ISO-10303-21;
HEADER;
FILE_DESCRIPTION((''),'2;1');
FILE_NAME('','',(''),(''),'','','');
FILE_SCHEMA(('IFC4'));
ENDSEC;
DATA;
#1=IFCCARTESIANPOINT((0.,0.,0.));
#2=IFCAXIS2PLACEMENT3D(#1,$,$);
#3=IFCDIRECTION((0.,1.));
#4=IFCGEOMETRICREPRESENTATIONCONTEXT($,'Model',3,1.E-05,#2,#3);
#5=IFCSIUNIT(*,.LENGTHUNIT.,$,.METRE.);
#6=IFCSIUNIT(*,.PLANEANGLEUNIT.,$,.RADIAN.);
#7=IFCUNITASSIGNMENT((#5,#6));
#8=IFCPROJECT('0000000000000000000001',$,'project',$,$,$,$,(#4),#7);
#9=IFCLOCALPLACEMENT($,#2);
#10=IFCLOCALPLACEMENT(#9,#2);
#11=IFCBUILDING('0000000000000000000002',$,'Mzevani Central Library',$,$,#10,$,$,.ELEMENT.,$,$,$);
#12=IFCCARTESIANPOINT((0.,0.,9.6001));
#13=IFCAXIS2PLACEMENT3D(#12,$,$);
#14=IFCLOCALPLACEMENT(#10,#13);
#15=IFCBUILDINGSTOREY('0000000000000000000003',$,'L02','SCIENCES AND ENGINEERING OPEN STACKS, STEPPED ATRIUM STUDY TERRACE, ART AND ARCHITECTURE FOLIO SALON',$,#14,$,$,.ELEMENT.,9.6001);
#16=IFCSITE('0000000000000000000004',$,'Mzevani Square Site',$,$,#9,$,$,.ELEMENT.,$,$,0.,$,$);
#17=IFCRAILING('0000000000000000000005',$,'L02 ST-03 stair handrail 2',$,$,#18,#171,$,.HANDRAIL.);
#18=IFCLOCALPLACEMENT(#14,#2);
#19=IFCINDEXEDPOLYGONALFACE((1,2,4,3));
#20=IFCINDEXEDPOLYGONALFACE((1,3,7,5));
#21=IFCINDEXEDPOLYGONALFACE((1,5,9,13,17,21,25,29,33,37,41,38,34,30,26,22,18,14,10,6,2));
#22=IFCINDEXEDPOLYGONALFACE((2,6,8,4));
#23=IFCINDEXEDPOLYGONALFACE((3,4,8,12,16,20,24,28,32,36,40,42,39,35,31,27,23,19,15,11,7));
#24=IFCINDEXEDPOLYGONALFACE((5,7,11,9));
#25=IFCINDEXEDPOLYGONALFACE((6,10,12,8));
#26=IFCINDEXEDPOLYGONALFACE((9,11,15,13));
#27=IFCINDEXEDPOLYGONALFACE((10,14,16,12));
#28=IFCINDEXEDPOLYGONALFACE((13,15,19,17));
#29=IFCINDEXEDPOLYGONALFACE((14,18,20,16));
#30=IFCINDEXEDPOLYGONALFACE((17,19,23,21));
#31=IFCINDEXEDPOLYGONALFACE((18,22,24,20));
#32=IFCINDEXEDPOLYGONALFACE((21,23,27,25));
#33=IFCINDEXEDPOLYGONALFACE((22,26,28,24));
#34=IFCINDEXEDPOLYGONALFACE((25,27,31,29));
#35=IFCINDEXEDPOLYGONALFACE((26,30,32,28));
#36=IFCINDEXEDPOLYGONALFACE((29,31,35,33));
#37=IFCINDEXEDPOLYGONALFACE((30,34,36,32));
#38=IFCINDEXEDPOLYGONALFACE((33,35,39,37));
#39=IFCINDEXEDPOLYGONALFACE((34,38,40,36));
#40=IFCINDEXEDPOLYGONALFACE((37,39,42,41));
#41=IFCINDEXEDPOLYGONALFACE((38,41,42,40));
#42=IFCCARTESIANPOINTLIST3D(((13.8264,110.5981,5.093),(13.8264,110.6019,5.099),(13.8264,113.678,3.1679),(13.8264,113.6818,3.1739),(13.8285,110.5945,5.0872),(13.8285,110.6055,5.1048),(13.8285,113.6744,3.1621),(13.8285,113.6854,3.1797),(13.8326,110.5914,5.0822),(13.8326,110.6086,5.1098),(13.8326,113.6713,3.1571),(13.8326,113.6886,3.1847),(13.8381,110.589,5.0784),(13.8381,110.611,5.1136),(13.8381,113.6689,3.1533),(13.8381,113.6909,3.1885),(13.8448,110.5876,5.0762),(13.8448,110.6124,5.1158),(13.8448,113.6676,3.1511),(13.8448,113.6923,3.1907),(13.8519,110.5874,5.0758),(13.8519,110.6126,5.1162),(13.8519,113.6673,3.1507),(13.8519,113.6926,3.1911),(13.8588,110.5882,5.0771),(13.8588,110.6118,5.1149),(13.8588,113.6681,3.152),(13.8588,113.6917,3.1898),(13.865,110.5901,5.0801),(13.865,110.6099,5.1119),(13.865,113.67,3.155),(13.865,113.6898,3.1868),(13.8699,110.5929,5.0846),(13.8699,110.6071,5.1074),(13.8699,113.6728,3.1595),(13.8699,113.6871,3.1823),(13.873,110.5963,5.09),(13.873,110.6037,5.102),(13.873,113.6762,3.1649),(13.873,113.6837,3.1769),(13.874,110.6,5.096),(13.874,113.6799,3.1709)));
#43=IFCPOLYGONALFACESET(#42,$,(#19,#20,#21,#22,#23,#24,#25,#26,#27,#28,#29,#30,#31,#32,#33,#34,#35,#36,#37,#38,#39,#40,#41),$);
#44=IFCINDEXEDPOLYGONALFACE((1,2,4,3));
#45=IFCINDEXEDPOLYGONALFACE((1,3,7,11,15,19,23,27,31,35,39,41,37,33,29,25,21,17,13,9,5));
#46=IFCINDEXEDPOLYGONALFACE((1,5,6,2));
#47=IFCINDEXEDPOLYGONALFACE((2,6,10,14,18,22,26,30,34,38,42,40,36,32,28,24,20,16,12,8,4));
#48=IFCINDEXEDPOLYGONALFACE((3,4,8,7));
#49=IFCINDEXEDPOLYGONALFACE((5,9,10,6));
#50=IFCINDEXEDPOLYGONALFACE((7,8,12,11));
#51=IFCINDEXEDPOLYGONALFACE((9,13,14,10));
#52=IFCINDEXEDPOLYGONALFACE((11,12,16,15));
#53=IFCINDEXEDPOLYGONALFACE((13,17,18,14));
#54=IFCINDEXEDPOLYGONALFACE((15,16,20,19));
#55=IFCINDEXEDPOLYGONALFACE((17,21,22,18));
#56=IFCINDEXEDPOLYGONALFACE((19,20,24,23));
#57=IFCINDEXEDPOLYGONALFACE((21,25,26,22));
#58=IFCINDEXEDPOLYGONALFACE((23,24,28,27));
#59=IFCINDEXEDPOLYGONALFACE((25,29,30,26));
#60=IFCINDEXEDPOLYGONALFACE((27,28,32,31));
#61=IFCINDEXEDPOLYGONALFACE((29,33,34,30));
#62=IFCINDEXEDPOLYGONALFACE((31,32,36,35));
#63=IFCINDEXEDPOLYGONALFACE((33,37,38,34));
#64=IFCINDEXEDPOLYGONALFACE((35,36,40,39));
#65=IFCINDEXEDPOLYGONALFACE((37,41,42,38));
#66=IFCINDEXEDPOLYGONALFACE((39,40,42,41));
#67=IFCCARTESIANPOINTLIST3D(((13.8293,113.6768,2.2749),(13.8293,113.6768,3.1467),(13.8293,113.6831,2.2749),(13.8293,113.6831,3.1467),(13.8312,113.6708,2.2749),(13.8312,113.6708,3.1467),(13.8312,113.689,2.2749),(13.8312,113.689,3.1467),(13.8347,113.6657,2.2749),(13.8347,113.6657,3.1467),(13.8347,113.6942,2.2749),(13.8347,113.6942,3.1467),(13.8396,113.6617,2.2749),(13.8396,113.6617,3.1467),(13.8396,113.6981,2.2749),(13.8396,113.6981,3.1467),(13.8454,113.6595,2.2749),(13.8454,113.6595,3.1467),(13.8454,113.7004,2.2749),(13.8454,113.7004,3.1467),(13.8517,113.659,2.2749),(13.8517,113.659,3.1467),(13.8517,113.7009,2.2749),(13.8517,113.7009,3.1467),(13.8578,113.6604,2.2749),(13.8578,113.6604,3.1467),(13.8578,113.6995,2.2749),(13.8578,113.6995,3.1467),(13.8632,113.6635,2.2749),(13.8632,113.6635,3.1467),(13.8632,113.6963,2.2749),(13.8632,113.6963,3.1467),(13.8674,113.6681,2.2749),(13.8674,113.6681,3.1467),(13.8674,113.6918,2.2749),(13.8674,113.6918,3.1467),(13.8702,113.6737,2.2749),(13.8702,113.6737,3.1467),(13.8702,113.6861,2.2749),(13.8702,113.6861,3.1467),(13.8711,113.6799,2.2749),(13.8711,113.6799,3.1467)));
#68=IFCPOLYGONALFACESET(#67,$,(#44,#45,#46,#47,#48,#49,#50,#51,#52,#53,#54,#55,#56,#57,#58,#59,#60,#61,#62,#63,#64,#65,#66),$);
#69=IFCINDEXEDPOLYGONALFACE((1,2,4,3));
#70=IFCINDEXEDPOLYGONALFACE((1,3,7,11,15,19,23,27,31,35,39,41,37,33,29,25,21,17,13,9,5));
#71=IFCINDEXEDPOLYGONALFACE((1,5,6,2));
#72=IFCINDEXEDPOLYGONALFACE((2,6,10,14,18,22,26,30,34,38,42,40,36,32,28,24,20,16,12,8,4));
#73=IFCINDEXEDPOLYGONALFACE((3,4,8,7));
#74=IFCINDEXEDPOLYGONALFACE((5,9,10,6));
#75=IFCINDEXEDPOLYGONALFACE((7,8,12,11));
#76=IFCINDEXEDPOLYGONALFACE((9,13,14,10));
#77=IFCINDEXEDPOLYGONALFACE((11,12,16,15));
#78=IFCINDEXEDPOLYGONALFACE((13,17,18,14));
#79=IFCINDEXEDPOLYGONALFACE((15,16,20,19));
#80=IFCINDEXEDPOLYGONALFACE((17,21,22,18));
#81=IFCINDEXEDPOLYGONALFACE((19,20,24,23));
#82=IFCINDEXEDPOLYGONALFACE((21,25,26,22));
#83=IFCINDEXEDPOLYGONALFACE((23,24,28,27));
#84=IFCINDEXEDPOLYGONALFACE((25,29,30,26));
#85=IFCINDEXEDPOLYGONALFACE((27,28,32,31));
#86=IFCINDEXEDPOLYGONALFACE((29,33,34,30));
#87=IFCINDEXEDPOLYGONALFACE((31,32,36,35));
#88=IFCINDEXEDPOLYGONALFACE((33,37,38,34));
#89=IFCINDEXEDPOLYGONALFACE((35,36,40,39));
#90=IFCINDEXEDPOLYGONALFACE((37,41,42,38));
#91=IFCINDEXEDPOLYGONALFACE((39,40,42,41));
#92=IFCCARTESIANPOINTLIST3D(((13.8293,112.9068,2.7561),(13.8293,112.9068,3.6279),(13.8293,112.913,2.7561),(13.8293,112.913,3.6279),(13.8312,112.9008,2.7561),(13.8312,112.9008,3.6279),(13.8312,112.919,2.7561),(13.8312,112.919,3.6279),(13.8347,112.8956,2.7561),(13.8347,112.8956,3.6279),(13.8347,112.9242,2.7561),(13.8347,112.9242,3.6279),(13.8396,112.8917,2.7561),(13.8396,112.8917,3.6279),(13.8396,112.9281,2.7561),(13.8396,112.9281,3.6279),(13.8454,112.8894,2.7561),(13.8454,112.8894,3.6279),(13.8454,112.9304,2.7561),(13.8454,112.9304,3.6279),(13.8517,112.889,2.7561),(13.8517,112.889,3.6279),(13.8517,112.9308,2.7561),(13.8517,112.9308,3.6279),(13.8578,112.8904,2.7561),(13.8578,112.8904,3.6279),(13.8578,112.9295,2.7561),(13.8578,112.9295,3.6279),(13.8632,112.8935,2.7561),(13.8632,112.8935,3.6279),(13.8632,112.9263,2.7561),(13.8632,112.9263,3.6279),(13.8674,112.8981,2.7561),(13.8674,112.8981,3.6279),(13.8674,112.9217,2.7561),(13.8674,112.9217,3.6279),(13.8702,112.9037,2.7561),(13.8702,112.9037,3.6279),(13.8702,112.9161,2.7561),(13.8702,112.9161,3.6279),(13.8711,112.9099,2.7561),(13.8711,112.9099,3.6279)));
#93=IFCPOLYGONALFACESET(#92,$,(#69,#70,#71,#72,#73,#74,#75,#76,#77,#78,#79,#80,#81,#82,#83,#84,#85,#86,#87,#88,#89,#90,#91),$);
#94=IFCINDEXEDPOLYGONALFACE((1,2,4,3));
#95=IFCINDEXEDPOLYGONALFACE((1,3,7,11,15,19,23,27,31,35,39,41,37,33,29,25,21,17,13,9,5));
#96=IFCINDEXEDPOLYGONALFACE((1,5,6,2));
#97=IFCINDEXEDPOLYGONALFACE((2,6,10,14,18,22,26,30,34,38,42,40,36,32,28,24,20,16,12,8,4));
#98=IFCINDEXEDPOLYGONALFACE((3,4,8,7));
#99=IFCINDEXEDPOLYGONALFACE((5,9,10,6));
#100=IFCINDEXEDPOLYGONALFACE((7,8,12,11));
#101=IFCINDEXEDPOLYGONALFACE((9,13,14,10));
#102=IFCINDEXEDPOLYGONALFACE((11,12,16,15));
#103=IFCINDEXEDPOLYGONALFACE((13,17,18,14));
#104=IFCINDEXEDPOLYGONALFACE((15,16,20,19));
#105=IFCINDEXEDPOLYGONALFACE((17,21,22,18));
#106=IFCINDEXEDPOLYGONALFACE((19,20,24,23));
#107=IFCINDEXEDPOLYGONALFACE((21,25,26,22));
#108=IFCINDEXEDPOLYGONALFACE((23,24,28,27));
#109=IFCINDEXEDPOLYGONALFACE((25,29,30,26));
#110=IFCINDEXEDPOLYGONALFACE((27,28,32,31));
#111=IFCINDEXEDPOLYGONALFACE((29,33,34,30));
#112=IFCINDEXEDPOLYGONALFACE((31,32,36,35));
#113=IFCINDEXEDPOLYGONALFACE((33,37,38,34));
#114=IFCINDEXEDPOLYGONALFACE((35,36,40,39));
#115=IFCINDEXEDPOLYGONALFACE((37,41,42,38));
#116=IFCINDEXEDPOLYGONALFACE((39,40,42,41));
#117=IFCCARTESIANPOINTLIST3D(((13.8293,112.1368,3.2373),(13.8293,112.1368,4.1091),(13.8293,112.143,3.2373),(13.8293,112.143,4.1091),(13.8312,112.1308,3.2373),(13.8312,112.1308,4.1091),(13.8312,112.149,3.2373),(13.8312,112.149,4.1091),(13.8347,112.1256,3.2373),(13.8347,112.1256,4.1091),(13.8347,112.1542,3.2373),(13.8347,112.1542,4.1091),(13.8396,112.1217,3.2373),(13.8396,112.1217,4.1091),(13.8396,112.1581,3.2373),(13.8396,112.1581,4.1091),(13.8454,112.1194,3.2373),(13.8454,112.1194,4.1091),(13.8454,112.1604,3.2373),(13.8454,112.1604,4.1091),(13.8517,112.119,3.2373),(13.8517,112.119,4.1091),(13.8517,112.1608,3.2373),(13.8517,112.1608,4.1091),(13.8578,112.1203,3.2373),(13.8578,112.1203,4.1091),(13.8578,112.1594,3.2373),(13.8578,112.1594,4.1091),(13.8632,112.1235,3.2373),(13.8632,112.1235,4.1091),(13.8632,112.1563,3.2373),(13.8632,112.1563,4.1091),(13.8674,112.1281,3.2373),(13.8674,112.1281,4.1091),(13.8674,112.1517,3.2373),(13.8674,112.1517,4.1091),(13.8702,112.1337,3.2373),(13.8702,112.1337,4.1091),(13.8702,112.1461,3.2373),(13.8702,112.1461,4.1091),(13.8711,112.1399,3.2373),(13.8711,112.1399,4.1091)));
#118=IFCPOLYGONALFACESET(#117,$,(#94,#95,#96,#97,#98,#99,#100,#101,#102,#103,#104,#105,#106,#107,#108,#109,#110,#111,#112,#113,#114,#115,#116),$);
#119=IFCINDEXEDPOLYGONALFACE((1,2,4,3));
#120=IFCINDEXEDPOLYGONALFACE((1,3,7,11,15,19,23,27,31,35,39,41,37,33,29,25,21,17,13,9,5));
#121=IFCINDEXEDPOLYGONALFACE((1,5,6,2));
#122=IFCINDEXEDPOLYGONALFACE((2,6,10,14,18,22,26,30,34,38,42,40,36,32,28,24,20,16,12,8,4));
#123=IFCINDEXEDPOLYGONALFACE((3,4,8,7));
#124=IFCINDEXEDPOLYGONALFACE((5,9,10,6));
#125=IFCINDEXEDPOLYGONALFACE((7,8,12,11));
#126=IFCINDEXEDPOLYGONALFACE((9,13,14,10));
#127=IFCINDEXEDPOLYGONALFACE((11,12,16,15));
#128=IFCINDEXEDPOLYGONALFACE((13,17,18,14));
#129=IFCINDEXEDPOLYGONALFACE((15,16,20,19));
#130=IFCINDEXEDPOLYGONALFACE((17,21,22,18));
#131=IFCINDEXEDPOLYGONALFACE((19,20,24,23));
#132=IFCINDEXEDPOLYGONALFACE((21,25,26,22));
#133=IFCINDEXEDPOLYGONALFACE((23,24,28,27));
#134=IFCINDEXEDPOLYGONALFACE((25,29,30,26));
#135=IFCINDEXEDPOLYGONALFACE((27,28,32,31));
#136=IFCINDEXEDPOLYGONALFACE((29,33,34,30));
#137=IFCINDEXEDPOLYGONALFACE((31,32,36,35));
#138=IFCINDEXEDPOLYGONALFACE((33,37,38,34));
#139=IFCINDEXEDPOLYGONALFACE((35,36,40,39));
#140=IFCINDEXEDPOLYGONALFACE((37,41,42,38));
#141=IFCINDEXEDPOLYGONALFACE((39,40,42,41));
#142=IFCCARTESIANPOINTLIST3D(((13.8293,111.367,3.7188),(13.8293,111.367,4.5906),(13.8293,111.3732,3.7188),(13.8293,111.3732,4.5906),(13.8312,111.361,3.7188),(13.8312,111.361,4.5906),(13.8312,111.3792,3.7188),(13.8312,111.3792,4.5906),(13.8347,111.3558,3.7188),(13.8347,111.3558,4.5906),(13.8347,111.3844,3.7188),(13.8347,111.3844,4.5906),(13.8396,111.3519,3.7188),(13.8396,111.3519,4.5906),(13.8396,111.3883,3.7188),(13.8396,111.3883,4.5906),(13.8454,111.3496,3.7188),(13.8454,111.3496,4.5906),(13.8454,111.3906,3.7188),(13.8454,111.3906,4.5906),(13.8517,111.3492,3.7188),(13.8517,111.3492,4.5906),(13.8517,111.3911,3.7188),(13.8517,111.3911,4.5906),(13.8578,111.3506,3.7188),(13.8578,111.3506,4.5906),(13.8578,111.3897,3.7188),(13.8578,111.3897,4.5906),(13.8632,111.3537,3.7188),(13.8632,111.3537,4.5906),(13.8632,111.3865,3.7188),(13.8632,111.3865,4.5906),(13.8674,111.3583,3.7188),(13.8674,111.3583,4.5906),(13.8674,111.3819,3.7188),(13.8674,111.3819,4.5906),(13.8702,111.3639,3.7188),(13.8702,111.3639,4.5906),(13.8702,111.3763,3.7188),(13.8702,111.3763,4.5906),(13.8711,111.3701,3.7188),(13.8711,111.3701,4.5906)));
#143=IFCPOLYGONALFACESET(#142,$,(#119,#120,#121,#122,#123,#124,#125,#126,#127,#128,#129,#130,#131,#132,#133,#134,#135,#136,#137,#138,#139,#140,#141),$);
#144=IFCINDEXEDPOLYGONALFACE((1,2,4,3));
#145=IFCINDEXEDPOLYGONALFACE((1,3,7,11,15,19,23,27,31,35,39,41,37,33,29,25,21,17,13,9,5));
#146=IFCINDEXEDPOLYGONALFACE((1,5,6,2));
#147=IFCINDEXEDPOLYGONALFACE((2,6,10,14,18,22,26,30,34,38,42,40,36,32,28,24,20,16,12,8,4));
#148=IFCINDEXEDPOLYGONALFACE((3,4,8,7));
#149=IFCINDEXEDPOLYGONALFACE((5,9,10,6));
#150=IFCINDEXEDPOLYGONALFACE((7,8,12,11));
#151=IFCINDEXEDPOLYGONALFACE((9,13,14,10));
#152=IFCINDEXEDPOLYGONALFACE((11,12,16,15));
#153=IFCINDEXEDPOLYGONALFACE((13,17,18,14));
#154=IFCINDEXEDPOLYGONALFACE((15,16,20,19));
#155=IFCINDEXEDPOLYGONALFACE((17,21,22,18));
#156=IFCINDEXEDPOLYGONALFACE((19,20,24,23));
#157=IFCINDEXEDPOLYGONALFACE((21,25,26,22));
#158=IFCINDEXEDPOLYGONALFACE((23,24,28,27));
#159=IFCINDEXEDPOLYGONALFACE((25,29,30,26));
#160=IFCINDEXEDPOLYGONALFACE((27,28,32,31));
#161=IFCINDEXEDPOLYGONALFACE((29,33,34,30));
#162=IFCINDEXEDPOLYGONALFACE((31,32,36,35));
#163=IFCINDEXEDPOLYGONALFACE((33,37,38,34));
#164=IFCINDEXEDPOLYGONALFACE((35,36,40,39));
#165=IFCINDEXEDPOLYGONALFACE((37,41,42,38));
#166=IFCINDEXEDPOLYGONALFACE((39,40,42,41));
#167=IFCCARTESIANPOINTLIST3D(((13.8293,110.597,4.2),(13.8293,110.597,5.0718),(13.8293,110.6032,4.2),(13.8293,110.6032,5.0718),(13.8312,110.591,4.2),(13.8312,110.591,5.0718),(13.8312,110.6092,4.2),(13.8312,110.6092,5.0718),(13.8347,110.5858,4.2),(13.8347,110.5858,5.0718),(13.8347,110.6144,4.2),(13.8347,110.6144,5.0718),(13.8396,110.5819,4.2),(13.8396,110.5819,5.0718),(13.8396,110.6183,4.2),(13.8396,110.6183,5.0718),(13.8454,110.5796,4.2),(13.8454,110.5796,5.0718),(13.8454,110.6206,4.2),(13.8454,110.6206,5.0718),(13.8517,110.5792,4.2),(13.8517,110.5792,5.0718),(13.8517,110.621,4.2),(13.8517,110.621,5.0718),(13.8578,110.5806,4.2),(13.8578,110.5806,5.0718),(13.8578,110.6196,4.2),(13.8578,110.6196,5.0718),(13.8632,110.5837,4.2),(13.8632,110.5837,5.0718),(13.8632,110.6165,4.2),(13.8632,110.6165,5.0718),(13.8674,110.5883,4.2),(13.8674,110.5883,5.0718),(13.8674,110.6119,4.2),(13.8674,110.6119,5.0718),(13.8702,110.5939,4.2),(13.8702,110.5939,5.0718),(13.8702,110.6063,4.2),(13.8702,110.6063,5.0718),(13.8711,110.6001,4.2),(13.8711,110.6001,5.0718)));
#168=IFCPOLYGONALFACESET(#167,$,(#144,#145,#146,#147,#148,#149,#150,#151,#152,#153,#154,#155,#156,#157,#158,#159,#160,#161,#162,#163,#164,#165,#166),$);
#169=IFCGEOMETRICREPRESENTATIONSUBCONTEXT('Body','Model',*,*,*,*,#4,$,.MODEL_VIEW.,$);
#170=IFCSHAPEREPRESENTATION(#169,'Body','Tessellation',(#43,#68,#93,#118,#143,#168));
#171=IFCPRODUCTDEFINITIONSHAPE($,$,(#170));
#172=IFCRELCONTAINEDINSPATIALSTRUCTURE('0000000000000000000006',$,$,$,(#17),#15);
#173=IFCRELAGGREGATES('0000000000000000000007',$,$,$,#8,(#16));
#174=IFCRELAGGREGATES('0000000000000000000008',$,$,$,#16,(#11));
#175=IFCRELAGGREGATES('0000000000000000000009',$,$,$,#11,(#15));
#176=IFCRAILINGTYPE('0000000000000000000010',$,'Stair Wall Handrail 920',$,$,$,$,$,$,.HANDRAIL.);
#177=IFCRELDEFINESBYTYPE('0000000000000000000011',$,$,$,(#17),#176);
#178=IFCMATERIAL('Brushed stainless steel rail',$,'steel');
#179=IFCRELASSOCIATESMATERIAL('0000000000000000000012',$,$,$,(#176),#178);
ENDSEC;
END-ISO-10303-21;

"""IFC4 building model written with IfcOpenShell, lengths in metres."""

from ifc_helpers import new_model, si_unit, direction, frame, origin, origin_2d, place, context, subcontext, project, spatial, circle, extrude, material, type_object, element, save


model = new_model("IFC4")

# Units and contexts
model_context = context("Model", 3, precision=1e-05, world=origin(), true_north=direction((0.0, 1.0)))
body_context = subcontext(model_context, "Body", "Model", "MODEL_VIEW")
ifc_project = project(units=[si_unit("LENGTHUNIT", "METRE"), si_unit("PLANEANGLEUNIT", "RADIAN")], contexts=[model_context])

# Site, building, storey
site_placement = place(None, origin())
site = spatial("IfcSite", under=ifc_project, at=site_placement, Name="Mzevani Square Site", CompositionType="ELEMENT", RefElevation=0.0)
building_placement = place(site_placement, origin())
building = spatial("IfcBuilding", under=site, at=building_placement, Name="Mzevani Central Library", CompositionType="ELEMENT")
storey_placement = place(building_placement, frame((0.0, 0.0, 9.6001)))
storey = spatial("IfcBuildingStorey", under=building, at=storey_placement, Name="L02", Description="SCIENCES AND ENGINEERING OPEN STACKS, STEPPED ATRIUM STUDY TERRACE, ART AND ARCHITECTURE FOLIO SALON", CompositionType="ELEMENT", Elevation=9.6001)

# Shared definitions
ifc_material_1 = material(Name="Brushed stainless steel rail", Category="steel")

# Railing
railing_type_1 = type_object("IfcRailingType", Name="Stair Wall Handrail 920", PredefinedType="HANDRAIL", material=ifc_material_1)
railing_1_placement = place(storey_placement, frame((13.8501, 113.6799, 2.2749)))
element("IfcRailing", 1, at=railing_1_placement, inside=storey, type_object=railing_type_1, Name="L02 ST-03 stair handrail 2", PredefinedType="HANDRAIL", context=body_context, shape_type="SweptSolid", body=[
    extrude(circle(Radius=0.0239, at=origin_2d()), frame((0.0, 0.0, 0.896), z_axis=(0.0, -0.847979, 0.530029), x_axis=(1.0, 0.0, 0.0)), (0.0, 0.0, 1.0), 3.6321),
    extrude(circle(Radius=0.021, at=origin_2d()), origin(), (0.0, 0.0, 1.0), 0.8718),
    extrude(circle(Radius=0.021, at=origin_2d()), frame((0.0, -0.77, 0.4812)), (0.0, 0.0, 1.0), 0.8718),
    extrude(circle(Radius=0.021, at=origin_2d()), frame((0.0, -1.54, 0.9624)), (0.0, 0.0, 1.0), 0.8718),
    extrude(circle(Radius=0.021, at=origin_2d()), frame((0.0, -2.3098, 1.4438)), (0.0, 0.0, 1.0), 0.8718),
    extrude(circle(Radius=0.021, at=origin_2d()), frame((0.0, -3.0798, 1.925)), (0.0, 0.0, 1.0), 0.8718),
])

save(model, "model.ifc")
